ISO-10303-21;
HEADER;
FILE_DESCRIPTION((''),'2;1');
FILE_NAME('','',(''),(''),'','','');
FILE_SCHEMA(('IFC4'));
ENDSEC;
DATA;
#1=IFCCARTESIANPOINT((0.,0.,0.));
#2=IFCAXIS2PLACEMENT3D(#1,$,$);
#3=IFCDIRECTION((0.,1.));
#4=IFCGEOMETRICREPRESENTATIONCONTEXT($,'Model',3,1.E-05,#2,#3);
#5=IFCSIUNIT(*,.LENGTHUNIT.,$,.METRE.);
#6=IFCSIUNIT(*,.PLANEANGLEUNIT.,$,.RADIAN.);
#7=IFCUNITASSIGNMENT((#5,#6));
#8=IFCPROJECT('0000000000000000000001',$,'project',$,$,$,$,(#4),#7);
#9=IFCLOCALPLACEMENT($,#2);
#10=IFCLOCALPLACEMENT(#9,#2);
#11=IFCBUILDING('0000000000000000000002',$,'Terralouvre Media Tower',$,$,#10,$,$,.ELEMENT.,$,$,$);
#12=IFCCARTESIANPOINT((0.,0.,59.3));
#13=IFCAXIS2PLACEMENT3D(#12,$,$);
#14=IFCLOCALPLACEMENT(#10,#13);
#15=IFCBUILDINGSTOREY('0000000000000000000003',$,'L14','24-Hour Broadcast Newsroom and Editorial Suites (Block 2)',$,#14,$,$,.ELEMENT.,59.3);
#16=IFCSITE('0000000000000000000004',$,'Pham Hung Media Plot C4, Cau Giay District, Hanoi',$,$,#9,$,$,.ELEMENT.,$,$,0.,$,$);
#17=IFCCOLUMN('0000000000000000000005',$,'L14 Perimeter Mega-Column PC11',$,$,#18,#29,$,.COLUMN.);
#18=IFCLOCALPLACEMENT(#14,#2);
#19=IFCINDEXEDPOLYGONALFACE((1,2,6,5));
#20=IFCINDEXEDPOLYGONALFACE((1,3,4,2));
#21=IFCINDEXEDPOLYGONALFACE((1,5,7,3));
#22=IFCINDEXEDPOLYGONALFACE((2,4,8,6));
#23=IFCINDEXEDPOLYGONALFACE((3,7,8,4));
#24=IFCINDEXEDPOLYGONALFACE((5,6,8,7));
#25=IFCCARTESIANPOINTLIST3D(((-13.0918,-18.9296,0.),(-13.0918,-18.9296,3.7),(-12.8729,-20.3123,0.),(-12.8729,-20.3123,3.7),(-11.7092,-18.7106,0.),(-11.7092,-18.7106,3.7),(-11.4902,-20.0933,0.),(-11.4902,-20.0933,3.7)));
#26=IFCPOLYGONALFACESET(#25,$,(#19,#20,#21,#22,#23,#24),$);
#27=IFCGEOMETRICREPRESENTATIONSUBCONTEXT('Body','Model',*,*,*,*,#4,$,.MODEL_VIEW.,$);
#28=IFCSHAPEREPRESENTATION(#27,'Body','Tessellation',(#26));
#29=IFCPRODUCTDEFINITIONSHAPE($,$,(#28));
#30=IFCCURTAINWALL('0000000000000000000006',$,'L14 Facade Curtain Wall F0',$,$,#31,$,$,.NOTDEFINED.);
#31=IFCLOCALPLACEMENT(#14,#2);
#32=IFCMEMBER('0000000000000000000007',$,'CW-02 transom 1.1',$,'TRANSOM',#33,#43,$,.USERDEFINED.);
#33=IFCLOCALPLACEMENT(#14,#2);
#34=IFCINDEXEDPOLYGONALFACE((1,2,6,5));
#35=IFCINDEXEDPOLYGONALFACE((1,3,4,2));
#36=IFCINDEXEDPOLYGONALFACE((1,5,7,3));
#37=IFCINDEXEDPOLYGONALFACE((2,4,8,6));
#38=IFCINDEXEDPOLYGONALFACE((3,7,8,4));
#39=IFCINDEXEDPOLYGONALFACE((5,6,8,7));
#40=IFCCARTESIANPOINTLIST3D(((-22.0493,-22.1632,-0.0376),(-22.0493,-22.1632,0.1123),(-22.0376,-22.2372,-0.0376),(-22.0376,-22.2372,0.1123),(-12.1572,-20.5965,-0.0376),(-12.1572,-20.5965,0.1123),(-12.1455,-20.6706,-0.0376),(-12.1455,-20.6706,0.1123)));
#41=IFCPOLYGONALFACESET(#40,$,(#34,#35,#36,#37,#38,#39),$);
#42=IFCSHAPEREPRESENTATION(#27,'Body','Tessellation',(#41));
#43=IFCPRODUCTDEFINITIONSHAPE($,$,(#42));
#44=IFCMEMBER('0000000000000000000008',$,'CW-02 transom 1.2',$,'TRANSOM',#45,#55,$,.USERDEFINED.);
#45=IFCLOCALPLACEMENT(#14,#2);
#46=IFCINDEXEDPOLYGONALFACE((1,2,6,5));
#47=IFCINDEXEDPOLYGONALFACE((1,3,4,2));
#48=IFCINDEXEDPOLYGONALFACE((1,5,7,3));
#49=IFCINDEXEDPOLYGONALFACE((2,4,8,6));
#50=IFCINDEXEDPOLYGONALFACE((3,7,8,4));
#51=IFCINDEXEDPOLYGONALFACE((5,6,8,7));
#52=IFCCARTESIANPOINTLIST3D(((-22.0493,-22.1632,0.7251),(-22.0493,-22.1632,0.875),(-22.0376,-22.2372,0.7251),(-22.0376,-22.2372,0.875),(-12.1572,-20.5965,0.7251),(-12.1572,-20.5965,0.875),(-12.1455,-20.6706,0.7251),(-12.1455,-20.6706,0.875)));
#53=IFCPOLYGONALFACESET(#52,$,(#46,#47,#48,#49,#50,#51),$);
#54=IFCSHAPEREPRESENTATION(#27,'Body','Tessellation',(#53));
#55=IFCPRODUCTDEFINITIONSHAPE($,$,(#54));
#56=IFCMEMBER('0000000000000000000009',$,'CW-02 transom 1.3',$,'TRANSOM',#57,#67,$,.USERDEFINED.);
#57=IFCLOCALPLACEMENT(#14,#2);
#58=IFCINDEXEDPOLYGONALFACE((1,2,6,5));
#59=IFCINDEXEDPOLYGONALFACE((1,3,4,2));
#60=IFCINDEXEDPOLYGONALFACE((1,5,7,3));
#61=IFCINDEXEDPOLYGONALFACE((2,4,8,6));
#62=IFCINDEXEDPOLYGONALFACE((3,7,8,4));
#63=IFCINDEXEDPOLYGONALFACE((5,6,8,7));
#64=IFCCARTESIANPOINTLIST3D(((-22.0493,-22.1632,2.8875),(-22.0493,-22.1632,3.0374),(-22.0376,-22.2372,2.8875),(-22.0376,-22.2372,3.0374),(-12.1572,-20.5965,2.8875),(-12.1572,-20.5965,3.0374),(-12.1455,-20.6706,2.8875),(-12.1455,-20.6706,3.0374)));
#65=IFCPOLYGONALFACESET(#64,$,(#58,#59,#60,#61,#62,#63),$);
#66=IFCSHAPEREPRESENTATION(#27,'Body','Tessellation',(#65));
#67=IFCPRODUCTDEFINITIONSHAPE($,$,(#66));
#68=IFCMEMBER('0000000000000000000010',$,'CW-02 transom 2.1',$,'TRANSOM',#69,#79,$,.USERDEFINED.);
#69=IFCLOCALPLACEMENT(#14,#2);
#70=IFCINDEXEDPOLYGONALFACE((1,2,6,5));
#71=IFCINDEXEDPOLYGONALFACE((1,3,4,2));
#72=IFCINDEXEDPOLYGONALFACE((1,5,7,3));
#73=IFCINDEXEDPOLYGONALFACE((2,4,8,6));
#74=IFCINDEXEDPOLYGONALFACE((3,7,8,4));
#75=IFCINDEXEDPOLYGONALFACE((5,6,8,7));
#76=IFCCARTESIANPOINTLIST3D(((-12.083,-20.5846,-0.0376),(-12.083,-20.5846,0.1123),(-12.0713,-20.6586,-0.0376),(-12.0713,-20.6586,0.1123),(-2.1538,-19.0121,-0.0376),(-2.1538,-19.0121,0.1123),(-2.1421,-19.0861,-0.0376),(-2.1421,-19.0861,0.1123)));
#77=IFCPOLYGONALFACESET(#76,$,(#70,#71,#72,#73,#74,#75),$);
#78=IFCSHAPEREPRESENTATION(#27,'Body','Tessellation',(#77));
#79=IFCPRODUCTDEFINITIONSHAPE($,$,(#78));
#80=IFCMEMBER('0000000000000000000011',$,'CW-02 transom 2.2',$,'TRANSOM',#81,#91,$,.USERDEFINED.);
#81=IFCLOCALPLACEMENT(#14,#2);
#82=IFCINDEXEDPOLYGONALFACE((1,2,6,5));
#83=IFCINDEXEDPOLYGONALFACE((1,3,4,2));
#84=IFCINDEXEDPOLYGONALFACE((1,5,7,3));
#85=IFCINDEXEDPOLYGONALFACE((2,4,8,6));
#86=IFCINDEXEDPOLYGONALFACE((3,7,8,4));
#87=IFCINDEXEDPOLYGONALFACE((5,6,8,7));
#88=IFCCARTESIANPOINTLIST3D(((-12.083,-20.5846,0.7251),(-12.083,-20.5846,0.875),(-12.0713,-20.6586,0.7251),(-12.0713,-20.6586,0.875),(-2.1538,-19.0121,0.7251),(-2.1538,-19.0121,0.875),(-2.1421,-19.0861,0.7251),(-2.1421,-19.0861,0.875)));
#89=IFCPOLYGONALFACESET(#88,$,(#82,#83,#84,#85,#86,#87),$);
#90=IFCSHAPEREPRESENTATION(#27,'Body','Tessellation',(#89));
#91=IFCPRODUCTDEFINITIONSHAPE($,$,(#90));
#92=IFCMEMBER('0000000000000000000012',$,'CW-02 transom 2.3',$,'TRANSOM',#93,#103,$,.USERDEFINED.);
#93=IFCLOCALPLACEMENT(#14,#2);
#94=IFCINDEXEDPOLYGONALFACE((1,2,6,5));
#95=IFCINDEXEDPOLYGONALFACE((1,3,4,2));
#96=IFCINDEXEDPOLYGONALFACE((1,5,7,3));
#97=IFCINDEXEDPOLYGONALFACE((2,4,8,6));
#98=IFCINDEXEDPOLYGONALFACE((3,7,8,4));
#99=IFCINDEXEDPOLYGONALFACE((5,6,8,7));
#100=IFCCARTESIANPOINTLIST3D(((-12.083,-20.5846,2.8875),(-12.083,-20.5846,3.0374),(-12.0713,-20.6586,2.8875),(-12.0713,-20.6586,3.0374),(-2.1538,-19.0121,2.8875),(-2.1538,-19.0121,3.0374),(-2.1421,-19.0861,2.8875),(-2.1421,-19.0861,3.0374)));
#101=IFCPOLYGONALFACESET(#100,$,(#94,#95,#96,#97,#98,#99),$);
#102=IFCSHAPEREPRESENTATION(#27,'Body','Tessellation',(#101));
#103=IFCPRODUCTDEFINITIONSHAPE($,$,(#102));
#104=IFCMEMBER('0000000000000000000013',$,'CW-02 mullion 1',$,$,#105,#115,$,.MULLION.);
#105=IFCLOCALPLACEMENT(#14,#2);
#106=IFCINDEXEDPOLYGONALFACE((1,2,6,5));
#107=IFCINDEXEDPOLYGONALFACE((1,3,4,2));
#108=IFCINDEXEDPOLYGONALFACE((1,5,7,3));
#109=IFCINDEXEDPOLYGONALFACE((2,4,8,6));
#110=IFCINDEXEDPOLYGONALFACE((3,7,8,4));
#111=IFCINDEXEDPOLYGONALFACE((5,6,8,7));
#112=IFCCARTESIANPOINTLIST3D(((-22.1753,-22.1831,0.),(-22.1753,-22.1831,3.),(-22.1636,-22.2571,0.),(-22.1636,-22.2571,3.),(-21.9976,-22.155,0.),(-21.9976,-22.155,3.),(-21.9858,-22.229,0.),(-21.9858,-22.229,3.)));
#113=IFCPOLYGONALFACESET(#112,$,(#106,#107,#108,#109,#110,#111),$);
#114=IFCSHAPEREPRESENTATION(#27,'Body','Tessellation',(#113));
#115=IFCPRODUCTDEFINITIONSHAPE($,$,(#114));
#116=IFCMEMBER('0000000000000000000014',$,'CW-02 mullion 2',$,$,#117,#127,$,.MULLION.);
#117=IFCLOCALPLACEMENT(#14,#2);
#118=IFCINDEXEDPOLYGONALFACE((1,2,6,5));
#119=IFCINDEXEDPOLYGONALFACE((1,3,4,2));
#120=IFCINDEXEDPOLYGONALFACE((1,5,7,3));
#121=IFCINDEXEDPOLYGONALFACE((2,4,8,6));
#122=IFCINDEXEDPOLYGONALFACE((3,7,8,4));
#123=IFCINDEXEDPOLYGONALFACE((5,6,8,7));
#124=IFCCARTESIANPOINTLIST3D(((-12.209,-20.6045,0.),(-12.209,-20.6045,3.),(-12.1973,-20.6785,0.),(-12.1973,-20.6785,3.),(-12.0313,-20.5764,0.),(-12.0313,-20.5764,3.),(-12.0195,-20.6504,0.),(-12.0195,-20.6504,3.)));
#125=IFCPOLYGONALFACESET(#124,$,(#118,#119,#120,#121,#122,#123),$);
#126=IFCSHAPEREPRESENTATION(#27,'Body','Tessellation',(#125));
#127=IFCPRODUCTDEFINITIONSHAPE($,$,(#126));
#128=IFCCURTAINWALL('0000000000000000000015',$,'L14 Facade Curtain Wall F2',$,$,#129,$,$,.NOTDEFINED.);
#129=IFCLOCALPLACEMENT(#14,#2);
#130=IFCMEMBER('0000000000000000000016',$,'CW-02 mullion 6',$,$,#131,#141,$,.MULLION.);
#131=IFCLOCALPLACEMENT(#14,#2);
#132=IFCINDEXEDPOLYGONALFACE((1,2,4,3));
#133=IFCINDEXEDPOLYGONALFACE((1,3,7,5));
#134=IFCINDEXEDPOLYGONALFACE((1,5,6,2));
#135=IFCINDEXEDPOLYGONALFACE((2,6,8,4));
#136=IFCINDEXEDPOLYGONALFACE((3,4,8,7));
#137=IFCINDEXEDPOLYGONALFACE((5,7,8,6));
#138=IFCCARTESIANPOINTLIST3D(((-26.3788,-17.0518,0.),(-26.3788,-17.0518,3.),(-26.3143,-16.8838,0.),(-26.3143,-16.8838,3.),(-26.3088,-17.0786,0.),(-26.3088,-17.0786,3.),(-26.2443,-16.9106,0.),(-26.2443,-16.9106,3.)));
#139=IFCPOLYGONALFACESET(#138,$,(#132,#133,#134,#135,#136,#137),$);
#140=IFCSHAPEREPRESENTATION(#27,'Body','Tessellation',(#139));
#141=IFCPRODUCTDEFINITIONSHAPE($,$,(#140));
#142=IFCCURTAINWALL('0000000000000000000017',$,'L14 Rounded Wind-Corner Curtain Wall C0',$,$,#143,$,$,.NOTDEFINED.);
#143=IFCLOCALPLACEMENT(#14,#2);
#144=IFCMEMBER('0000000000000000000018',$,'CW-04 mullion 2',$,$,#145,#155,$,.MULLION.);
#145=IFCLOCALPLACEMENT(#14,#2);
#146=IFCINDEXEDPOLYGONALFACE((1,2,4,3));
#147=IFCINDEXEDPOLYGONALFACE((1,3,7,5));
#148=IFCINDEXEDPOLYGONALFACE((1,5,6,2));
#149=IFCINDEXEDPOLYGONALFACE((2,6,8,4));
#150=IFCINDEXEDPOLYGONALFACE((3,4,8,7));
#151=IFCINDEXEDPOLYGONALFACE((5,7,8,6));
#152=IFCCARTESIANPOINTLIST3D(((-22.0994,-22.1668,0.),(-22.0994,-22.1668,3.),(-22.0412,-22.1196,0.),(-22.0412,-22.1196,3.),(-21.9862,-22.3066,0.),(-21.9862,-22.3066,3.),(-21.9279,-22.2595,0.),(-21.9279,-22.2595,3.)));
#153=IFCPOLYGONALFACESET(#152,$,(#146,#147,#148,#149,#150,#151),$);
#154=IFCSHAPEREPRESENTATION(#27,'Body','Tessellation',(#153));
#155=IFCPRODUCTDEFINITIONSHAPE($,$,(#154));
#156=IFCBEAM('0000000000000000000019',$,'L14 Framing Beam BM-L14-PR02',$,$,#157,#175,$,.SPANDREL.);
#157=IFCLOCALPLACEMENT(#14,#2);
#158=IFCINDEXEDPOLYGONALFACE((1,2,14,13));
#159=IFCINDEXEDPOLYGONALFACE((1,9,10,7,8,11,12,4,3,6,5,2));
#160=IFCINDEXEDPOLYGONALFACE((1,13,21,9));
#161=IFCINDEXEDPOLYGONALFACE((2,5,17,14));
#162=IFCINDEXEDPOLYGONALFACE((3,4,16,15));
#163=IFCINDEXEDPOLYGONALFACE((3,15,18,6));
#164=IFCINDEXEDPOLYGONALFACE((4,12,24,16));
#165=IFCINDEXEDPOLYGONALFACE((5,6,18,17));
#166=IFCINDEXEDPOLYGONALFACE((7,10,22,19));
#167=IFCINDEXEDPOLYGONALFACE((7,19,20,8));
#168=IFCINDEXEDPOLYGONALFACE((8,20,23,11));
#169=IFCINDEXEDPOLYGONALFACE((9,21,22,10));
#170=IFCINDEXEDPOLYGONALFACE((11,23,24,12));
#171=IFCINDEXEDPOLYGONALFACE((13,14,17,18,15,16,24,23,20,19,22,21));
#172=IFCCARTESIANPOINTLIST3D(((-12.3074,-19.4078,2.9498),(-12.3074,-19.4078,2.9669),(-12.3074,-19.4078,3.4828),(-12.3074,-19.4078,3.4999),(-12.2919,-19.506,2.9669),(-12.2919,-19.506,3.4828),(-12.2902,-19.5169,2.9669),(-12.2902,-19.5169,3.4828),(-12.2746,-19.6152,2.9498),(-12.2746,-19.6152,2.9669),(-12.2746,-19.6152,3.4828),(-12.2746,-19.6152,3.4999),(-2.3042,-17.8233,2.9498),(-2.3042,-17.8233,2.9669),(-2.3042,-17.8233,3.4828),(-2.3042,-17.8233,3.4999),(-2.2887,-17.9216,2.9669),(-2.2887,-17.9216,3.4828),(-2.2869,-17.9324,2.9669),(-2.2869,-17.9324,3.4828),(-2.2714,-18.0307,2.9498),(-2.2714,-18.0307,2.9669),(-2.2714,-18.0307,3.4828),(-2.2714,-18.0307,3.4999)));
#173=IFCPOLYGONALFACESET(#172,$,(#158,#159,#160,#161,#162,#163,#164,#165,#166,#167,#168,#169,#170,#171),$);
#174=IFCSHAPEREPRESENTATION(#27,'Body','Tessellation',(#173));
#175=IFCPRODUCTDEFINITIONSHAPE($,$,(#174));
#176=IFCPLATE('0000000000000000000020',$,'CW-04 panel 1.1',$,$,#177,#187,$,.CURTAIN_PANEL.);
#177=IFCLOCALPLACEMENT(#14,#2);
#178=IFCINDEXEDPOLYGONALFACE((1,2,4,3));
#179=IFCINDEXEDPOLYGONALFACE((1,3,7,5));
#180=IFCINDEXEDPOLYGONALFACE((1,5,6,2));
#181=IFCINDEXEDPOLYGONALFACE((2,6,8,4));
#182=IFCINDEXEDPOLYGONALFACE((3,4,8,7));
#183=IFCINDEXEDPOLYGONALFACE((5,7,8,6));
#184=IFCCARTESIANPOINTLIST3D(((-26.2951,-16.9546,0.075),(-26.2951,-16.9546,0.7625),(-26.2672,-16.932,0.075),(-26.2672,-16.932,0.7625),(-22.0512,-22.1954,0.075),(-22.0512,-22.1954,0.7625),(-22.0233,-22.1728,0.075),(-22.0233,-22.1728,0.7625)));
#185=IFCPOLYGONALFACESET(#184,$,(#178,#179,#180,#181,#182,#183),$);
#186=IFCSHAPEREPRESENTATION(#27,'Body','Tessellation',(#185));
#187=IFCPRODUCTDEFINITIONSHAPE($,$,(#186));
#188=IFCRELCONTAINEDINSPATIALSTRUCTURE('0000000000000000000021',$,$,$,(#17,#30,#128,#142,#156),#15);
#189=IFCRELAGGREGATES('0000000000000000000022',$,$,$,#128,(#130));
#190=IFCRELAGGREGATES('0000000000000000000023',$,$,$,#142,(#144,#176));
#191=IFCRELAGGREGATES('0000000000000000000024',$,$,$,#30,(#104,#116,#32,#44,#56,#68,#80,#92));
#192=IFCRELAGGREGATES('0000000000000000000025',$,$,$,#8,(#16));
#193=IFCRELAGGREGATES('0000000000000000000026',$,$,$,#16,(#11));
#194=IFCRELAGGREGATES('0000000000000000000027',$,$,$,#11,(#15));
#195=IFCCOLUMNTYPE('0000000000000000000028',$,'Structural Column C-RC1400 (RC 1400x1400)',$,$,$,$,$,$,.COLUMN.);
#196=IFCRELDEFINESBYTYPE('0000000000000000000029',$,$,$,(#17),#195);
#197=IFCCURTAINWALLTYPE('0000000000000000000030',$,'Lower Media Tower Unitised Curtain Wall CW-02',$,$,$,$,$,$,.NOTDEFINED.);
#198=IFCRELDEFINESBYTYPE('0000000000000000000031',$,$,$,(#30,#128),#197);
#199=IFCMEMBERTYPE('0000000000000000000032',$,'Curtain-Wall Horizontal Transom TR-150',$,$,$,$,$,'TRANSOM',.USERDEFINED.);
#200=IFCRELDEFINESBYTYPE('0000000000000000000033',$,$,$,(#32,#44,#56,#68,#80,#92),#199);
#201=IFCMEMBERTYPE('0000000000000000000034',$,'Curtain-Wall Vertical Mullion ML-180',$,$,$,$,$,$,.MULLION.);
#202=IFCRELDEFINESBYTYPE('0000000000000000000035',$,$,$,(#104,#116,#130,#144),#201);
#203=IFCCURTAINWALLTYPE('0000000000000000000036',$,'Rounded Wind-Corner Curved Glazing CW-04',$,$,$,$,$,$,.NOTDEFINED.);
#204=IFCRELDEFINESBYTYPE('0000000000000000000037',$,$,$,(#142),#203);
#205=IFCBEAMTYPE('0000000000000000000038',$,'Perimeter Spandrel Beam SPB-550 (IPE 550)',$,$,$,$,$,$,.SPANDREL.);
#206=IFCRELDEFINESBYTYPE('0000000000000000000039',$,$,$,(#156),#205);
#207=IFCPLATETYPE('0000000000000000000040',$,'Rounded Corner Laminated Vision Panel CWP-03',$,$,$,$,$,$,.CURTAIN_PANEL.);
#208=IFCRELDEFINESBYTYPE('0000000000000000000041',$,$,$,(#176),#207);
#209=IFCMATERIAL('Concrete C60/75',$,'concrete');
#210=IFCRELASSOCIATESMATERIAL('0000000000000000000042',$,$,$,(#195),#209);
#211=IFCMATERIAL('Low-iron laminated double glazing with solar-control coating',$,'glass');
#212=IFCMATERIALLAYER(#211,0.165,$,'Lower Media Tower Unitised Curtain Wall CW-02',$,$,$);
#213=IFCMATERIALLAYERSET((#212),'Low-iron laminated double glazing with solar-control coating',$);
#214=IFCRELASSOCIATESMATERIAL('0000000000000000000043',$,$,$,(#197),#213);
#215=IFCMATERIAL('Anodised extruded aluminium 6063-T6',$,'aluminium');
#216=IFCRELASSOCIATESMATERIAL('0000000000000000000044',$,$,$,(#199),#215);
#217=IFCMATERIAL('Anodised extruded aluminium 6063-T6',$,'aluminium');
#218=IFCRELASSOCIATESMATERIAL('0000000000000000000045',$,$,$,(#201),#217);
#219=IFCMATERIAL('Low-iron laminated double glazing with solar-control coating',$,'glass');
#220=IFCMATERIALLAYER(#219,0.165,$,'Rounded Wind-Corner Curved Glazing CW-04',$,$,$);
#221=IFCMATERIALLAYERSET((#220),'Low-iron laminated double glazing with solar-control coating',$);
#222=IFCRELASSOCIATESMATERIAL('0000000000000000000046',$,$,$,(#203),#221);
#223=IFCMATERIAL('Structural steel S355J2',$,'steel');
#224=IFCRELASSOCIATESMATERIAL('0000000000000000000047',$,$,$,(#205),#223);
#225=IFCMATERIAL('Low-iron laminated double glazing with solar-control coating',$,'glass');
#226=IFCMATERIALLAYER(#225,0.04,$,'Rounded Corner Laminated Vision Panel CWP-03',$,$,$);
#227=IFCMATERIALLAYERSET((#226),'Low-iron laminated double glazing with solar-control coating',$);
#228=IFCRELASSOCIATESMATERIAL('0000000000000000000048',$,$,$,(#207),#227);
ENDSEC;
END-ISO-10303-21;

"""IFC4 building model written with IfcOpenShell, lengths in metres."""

from ifc_helpers import new_model, si_unit, direction, frame, origin, origin_2d, place, context, subcontext, project, spatial, rectangle, i_section, extrude, material, layer, layer_set, material_profile, profile_set, type_object, element, aggregate, save


model = new_model("IFC4")

# Units and contexts
model_context = context("Model", 3, precision=1e-05, world=origin(), true_north=direction((0.0, 1.0)))
body_context = subcontext(model_context, "Body", "Model", "MODEL_VIEW")
ifc_project = project(units=[si_unit("LENGTHUNIT", "METRE"), si_unit("PLANEANGLEUNIT", "RADIAN")], contexts=[model_context])

# Site, building, storey
site_placement = place(None, origin())
site = spatial("IfcSite", under=ifc_project, at=site_placement, Name="Pham Hung Media Plot C4, Cau Giay District, Hanoi", CompositionType="ELEMENT", RefElevation=0.0)
building_placement = place(site_placement, origin())
building = spatial("IfcBuilding", under=site, at=building_placement, Name="Terralouvre Media Tower", CompositionType="ELEMENT")
storey_placement = place(building_placement, frame((0.0, 0.0, 59.3)))
storey = spatial("IfcBuildingStorey", under=building, at=storey_placement, Name="L14", Description="24-Hour Broadcast Newsroom and Editorial Suites (Block 2)", CompositionType="ELEMENT", Elevation=59.3)

# Column
ifc_material_1 = material(Name="Concrete C60/75", Category="concrete")
ifc_material_profile_1 = material_profile(ifc_material_1, rectangle(XDim=1.3999, YDim=1.3999, at=origin_2d()), Name="RC 1400x1400")
ifc_profile_set_1 = profile_set([ifc_material_profile_1], Name="Concrete C60/75")
column_type = type_object("IfcColumnType", Name="Structural Column C-RC1400 (RC 1400x1400)", PredefinedType="COLUMN", material=ifc_profile_set_1)
column_placement = place(storey_placement, frame((-12.291, -19.5115, 0.0), z_axis=(0.0, 0.0, 1.0), x_axis=(0.987688, 0.156434, 0.0)))
element("IfcColumn", 1, at=column_placement, inside=storey, type_object=column_type, Name="L14 Perimeter Mega-Column PC11", PredefinedType="COLUMN", context=body_context, shape_type="SweptSolid", body=[
    extrude(rectangle(XDim=1.3999, YDim=1.3999, at=origin_2d()), origin(), (0.0, 0.0, 1.0), 3.7),
])

# Curtain wall, members
ifc_material_2 = material(Name="Low-iron laminated double glazing with solar-control coating", Category="glass")
ifc_layer_1 = layer(ifc_material_2, 0.165, Name="Lower Media Tower Unitised Curtain Wall CW-02")
ifc_layer_set_1 = layer_set([ifc_layer_1], Name="Low-iron laminated double glazing with solar-control coating")
curtain_wall_type_1 = type_object("IfcCurtainWallType", Name="Lower Media Tower Unitised Curtain Wall CW-02", PredefinedType="NOTDEFINED", material=ifc_layer_set_1)
curtain_wall_1_placement = place(storey_placement, origin())
curtain_wall_1 = element("IfcCurtainWall", 2, at=curtain_wall_1_placement, inside=storey, type_object=curtain_wall_type_1, Name="L14 Facade Curtain Wall F0", PredefinedType="NOTDEFINED")
ifc_material_3 = material(Name="Anodised extruded aluminium 6063-T6", Category="aluminium")
ifc_material_profile_2 = material_profile(ifc_material_3, rectangle(XDim=0.075, YDim=0.1499, at=origin_2d()), Name="ALU 75x150")
ifc_profile_set_2 = profile_set([ifc_material_profile_2], Name="Anodised extruded aluminium 6063-T6")
member_type_1 = type_object("IfcMemberType", Name="Curtain-Wall Horizontal Transom TR-150", ElementType="TRANSOM", PredefinedType="USERDEFINED", material=ifc_profile_set_2)
member_1_placement = place(storey_placement, frame((-22.0435, -22.2002, 0.0374), z_axis=(0.98769, 0.156424, 0.0), x_axis=(-0.156424, 0.98769, 0.0)))
member_1 = element("IfcMember", 3, at=member_1_placement, type_object=member_type_1, Name="CW-02 transom 1.1", ObjectType="TRANSOM", PredefinedType="USERDEFINED", context=body_context, shape_type="SweptSolid", body=[
    extrude(rectangle(XDim=0.075, YDim=0.1499, at=origin_2d()), origin(), (0.0, 0.0, 1.0), 10.0154),
])
member_2_placement = place(storey_placement, frame((-22.0435, -22.2002, 0.8), z_axis=(0.98769, 0.156424, 0.0), x_axis=(-0.156424, 0.98769, 0.0)))
member_2 = element("IfcMember", 4, at=member_2_placement, type_object=member_type_1, Name="CW-02 transom 1.2", ObjectType="TRANSOM", PredefinedType="USERDEFINED", context=body_context, shape_type="SweptSolid", body=[
    extrude(rectangle(XDim=0.075, YDim=0.1499, at=origin_2d()), origin(), (0.0, 0.0, 1.0), 10.0154),
])
member_3_placement = place(storey_placement, frame((-22.0435, -22.2002, 2.9624), z_axis=(0.98769, 0.156424, 0.0), x_axis=(-0.156424, 0.98769, 0.0)))
member_3 = element("IfcMember", 5, at=member_3_placement, type_object=member_type_1, Name="CW-02 transom 1.3", ObjectType="TRANSOM", PredefinedType="USERDEFINED", context=body_context, shape_type="SweptSolid", body=[
    extrude(rectangle(XDim=0.075, YDim=0.1499, at=origin_2d()), origin(), (0.0, 0.0, 1.0), 10.0154),
])
member_4_placement = place(storey_placement, frame((-12.0771, -20.6216, 0.0374), z_axis=(0.98769, 0.156423, 0.0), x_axis=(-0.156423, 0.98769, 0.0)))
member_4 = element("IfcMember", 6, at=member_4_placement, type_object=member_type_1, Name="CW-02 transom 2.1", ObjectType="TRANSOM", PredefinedType="USERDEFINED", context=body_context, shape_type="SweptSolid", body=[
    extrude(rectangle(XDim=0.075, YDim=0.1499, at=origin_2d()), origin(), (0.0, 0.0, 1.0), 10.053),
])
member_5_placement = place(storey_placement, frame((-12.0771, -20.6216, 0.8), z_axis=(0.98769, 0.156423, 0.0), x_axis=(-0.156423, 0.98769, 0.0)))
member_5 = element("IfcMember", 7, at=member_5_placement, type_object=member_type_1, Name="CW-02 transom 2.2", ObjectType="TRANSOM", PredefinedType="USERDEFINED", context=body_context, shape_type="SweptSolid", body=[
    extrude(rectangle(XDim=0.075, YDim=0.1499, at=origin_2d()), origin(), (0.0, 0.0, 1.0), 10.053),
])
member_6_placement = place(storey_placement, frame((-12.0771, -20.6216, 2.9624), z_axis=(0.98769, 0.156423, 0.0), x_axis=(-0.156423, 0.98769, 0.0)))
member_6 = element("IfcMember", 8, at=member_6_placement, type_object=member_type_1, Name="CW-02 transom 2.3", ObjectType="TRANSOM", PredefinedType="USERDEFINED", context=body_context, shape_type="SweptSolid", body=[
    extrude(rectangle(XDim=0.075, YDim=0.1499, at=origin_2d()), origin(), (0.0, 0.0, 1.0), 10.053),
])
ifc_material_4 = material(Name="Anodised extruded aluminium 6063-T6", Category="aluminium")
ifc_material_profile_3 = material_profile(ifc_material_4, rectangle(XDim=0.075, YDim=0.1799, at=origin_2d()), Name="ALU 75x180")
ifc_profile_set_3 = profile_set([ifc_material_profile_3], Name="Anodised extruded aluminium 6063-T6")
member_type_2 = type_object("IfcMemberType", Name="Curtain-Wall Vertical Mullion ML-180", PredefinedType="MULLION", material=ifc_profile_set_3)
member_7_placement = place(storey_placement, frame((-22.0806, -22.2061, 0.0), z_axis=(0.0, 0.0, 1.0), x_axis=(-0.156434, 0.987688, 0.0)))
member_7 = element("IfcMember", 9, at=member_7_placement, type_object=member_type_2, Name="CW-02 mullion 1", PredefinedType="MULLION", context=body_context, shape_type="SweptSolid", body=[
    extrude(rectangle(XDim=0.075, YDim=0.1799, at=origin_2d()), origin(), (0.0, 0.0, 1.0), 3.0),
])
member_8_placement = place(storey_placement, frame((-12.1143, -20.6274, 0.0), z_axis=(0.0, 0.0, 1.0), x_axis=(-0.156434, 0.987688, 0.0)))
member_8 = element("IfcMember", 10, at=member_8_placement, type_object=member_type_2, Name="CW-02 mullion 2", PredefinedType="MULLION", context=body_context, shape_type="SweptSolid", body=[
    extrude(rectangle(XDim=0.075, YDim=0.1799, at=origin_2d()), origin(), (0.0, 0.0, 1.0), 3.0),
])

# Curtain walls, members
curtain_wall_2_placement = place(storey_placement, origin())
curtain_wall_2 = element("IfcCurtainWall", 11, at=curtain_wall_2_placement, inside=storey, type_object=curtain_wall_type_1, Name="L14 Facade Curtain Wall F2", PredefinedType="NOTDEFINED")
member_9_placement = place(storey_placement, frame((-26.3115, -16.9812, 0.0), z_axis=(0.0, 0.0, 1.0), x_axis=(0.93358, -0.358368, 0.0)))
member_9 = element("IfcMember", 12, at=member_9_placement, type_object=member_type_2, Name="CW-02 mullion 6", PredefinedType="MULLION", context=body_context, shape_type="SweptSolid", body=[
    extrude(rectangle(XDim=0.075, YDim=0.1799, at=origin_2d()), origin(), (0.0, 0.0, 1.0), 3.0),
])
aggregate(curtain_wall_2, [member_9])
ifc_material_5 = material(Name="Low-iron laminated double glazing with solar-control coating", Category="glass")
ifc_layer_2 = layer(ifc_material_5, 0.165, Name="Rounded Wind-Corner Curved Glazing CW-04")
ifc_layer_set_2 = layer_set([ifc_layer_2], Name="Low-iron laminated double glazing with solar-control coating")
curtain_wall_type_2 = type_object("IfcCurtainWallType", Name="Rounded Wind-Corner Curved Glazing CW-04", PredefinedType="NOTDEFINED", material=ifc_layer_set_2)
curtain_wall_3_placement = place(storey_placement, origin())
curtain_wall_3 = element("IfcCurtainWall", 13, at=curtain_wall_3_placement, inside=storey, type_object=curtain_wall_type_2, Name="L14 Rounded Wind-Corner Curtain Wall C0", PredefinedType="NOTDEFINED")
member_10_placement = place(storey_placement, frame((-22.0137, -22.2131, 0.0), z_axis=(0.0, 0.0, 1.0), x_axis=(0.777146, 0.62932, 0.0)))
member_10 = element("IfcMember", 14, at=member_10_placement, type_object=member_type_2, Name="CW-04 mullion 2", PredefinedType="MULLION", context=body_context, shape_type="SweptSolid", body=[
    extrude(rectangle(XDim=0.075, YDim=0.1799, at=origin_2d()), origin(), (0.0, 0.0, 1.0), 3.0),
])

# Beam
ifc_material_6 = material(Name="Structural steel S355J2", Category="steel")
ifc_material_profile_4 = material_profile(ifc_material_6, i_section(OverallWidth=0.21, OverallDepth=0.55, WebThickness=0.011, FlangeThickness=0.0171, at=origin_2d()), Name="IPE 550")
ifc_profile_set_4 = profile_set([ifc_material_profile_4], Name="Structural steel S355J2")
beam_type = type_object("IfcBeamType", Name="Perimeter Spandrel Beam SPB-550 (IPE 550)", PredefinedType="SPANDREL", material=ifc_profile_set_4)
beam_placement = place(storey_placement, frame((-12.291, -19.5115, 3.2249), z_axis=(0.987686, 0.156447, 0.0), x_axis=(-0.156447, 0.987686, 0.0)))
element("IfcBeam", 15, at=beam_placement, inside=storey, type_object=beam_type, Name="L14 Framing Beam BM-L14-PR02", PredefinedType="SPANDREL", context=body_context, shape_type="SweptSolid", body=[
    extrude(i_section(OverallWidth=0.21, OverallDepth=0.55, WebThickness=0.011, FlangeThickness=0.0171, at=origin_2d()), origin(), (0.0, 0.0, 1.0), 10.1279),
])

# Plate
ifc_material_7 = material(Name="Low-iron laminated double glazing with solar-control coating", Category="glass")
ifc_layer_3 = layer(ifc_material_7, 0.04, Name="Rounded Corner Laminated Vision Panel CWP-03")
ifc_layer_set_3 = layer_set([ifc_layer_3], Name="Low-iron laminated double glazing with solar-control coating")
plate_type_1 = type_object("IfcPlateType", Name="Rounded Corner Laminated Vision Panel CWP-03", PredefinedType="CURTAIN_PANEL", material=ifc_layer_set_3)
plate_1_placement = place(storey_placement, frame((-24.1592, -19.5637, 0.075), z_axis=(0.0, 0.0, 1.0), x_axis=(0.62932, -0.777146, 0.0)))
plate_1 = element("IfcPlate", 16, at=plate_1_placement, type_object=plate_type_1, Name="CW-04 panel 1.1", PredefinedType="CURTAIN_PANEL", context=body_context, shape_type="SweptSolid", body=[
    extrude(rectangle(XDim=6.7437, YDim=0.0359, at=origin_2d()), origin(), (0.0, 0.0, 1.0), 0.6875),
])
aggregate(curtain_wall_3, [member_10, plate_1])
aggregate(curtain_wall_1, [member_7, member_8, member_1, member_2, member_3, member_4, member_5, member_6])

save(model, "model.ifc")
